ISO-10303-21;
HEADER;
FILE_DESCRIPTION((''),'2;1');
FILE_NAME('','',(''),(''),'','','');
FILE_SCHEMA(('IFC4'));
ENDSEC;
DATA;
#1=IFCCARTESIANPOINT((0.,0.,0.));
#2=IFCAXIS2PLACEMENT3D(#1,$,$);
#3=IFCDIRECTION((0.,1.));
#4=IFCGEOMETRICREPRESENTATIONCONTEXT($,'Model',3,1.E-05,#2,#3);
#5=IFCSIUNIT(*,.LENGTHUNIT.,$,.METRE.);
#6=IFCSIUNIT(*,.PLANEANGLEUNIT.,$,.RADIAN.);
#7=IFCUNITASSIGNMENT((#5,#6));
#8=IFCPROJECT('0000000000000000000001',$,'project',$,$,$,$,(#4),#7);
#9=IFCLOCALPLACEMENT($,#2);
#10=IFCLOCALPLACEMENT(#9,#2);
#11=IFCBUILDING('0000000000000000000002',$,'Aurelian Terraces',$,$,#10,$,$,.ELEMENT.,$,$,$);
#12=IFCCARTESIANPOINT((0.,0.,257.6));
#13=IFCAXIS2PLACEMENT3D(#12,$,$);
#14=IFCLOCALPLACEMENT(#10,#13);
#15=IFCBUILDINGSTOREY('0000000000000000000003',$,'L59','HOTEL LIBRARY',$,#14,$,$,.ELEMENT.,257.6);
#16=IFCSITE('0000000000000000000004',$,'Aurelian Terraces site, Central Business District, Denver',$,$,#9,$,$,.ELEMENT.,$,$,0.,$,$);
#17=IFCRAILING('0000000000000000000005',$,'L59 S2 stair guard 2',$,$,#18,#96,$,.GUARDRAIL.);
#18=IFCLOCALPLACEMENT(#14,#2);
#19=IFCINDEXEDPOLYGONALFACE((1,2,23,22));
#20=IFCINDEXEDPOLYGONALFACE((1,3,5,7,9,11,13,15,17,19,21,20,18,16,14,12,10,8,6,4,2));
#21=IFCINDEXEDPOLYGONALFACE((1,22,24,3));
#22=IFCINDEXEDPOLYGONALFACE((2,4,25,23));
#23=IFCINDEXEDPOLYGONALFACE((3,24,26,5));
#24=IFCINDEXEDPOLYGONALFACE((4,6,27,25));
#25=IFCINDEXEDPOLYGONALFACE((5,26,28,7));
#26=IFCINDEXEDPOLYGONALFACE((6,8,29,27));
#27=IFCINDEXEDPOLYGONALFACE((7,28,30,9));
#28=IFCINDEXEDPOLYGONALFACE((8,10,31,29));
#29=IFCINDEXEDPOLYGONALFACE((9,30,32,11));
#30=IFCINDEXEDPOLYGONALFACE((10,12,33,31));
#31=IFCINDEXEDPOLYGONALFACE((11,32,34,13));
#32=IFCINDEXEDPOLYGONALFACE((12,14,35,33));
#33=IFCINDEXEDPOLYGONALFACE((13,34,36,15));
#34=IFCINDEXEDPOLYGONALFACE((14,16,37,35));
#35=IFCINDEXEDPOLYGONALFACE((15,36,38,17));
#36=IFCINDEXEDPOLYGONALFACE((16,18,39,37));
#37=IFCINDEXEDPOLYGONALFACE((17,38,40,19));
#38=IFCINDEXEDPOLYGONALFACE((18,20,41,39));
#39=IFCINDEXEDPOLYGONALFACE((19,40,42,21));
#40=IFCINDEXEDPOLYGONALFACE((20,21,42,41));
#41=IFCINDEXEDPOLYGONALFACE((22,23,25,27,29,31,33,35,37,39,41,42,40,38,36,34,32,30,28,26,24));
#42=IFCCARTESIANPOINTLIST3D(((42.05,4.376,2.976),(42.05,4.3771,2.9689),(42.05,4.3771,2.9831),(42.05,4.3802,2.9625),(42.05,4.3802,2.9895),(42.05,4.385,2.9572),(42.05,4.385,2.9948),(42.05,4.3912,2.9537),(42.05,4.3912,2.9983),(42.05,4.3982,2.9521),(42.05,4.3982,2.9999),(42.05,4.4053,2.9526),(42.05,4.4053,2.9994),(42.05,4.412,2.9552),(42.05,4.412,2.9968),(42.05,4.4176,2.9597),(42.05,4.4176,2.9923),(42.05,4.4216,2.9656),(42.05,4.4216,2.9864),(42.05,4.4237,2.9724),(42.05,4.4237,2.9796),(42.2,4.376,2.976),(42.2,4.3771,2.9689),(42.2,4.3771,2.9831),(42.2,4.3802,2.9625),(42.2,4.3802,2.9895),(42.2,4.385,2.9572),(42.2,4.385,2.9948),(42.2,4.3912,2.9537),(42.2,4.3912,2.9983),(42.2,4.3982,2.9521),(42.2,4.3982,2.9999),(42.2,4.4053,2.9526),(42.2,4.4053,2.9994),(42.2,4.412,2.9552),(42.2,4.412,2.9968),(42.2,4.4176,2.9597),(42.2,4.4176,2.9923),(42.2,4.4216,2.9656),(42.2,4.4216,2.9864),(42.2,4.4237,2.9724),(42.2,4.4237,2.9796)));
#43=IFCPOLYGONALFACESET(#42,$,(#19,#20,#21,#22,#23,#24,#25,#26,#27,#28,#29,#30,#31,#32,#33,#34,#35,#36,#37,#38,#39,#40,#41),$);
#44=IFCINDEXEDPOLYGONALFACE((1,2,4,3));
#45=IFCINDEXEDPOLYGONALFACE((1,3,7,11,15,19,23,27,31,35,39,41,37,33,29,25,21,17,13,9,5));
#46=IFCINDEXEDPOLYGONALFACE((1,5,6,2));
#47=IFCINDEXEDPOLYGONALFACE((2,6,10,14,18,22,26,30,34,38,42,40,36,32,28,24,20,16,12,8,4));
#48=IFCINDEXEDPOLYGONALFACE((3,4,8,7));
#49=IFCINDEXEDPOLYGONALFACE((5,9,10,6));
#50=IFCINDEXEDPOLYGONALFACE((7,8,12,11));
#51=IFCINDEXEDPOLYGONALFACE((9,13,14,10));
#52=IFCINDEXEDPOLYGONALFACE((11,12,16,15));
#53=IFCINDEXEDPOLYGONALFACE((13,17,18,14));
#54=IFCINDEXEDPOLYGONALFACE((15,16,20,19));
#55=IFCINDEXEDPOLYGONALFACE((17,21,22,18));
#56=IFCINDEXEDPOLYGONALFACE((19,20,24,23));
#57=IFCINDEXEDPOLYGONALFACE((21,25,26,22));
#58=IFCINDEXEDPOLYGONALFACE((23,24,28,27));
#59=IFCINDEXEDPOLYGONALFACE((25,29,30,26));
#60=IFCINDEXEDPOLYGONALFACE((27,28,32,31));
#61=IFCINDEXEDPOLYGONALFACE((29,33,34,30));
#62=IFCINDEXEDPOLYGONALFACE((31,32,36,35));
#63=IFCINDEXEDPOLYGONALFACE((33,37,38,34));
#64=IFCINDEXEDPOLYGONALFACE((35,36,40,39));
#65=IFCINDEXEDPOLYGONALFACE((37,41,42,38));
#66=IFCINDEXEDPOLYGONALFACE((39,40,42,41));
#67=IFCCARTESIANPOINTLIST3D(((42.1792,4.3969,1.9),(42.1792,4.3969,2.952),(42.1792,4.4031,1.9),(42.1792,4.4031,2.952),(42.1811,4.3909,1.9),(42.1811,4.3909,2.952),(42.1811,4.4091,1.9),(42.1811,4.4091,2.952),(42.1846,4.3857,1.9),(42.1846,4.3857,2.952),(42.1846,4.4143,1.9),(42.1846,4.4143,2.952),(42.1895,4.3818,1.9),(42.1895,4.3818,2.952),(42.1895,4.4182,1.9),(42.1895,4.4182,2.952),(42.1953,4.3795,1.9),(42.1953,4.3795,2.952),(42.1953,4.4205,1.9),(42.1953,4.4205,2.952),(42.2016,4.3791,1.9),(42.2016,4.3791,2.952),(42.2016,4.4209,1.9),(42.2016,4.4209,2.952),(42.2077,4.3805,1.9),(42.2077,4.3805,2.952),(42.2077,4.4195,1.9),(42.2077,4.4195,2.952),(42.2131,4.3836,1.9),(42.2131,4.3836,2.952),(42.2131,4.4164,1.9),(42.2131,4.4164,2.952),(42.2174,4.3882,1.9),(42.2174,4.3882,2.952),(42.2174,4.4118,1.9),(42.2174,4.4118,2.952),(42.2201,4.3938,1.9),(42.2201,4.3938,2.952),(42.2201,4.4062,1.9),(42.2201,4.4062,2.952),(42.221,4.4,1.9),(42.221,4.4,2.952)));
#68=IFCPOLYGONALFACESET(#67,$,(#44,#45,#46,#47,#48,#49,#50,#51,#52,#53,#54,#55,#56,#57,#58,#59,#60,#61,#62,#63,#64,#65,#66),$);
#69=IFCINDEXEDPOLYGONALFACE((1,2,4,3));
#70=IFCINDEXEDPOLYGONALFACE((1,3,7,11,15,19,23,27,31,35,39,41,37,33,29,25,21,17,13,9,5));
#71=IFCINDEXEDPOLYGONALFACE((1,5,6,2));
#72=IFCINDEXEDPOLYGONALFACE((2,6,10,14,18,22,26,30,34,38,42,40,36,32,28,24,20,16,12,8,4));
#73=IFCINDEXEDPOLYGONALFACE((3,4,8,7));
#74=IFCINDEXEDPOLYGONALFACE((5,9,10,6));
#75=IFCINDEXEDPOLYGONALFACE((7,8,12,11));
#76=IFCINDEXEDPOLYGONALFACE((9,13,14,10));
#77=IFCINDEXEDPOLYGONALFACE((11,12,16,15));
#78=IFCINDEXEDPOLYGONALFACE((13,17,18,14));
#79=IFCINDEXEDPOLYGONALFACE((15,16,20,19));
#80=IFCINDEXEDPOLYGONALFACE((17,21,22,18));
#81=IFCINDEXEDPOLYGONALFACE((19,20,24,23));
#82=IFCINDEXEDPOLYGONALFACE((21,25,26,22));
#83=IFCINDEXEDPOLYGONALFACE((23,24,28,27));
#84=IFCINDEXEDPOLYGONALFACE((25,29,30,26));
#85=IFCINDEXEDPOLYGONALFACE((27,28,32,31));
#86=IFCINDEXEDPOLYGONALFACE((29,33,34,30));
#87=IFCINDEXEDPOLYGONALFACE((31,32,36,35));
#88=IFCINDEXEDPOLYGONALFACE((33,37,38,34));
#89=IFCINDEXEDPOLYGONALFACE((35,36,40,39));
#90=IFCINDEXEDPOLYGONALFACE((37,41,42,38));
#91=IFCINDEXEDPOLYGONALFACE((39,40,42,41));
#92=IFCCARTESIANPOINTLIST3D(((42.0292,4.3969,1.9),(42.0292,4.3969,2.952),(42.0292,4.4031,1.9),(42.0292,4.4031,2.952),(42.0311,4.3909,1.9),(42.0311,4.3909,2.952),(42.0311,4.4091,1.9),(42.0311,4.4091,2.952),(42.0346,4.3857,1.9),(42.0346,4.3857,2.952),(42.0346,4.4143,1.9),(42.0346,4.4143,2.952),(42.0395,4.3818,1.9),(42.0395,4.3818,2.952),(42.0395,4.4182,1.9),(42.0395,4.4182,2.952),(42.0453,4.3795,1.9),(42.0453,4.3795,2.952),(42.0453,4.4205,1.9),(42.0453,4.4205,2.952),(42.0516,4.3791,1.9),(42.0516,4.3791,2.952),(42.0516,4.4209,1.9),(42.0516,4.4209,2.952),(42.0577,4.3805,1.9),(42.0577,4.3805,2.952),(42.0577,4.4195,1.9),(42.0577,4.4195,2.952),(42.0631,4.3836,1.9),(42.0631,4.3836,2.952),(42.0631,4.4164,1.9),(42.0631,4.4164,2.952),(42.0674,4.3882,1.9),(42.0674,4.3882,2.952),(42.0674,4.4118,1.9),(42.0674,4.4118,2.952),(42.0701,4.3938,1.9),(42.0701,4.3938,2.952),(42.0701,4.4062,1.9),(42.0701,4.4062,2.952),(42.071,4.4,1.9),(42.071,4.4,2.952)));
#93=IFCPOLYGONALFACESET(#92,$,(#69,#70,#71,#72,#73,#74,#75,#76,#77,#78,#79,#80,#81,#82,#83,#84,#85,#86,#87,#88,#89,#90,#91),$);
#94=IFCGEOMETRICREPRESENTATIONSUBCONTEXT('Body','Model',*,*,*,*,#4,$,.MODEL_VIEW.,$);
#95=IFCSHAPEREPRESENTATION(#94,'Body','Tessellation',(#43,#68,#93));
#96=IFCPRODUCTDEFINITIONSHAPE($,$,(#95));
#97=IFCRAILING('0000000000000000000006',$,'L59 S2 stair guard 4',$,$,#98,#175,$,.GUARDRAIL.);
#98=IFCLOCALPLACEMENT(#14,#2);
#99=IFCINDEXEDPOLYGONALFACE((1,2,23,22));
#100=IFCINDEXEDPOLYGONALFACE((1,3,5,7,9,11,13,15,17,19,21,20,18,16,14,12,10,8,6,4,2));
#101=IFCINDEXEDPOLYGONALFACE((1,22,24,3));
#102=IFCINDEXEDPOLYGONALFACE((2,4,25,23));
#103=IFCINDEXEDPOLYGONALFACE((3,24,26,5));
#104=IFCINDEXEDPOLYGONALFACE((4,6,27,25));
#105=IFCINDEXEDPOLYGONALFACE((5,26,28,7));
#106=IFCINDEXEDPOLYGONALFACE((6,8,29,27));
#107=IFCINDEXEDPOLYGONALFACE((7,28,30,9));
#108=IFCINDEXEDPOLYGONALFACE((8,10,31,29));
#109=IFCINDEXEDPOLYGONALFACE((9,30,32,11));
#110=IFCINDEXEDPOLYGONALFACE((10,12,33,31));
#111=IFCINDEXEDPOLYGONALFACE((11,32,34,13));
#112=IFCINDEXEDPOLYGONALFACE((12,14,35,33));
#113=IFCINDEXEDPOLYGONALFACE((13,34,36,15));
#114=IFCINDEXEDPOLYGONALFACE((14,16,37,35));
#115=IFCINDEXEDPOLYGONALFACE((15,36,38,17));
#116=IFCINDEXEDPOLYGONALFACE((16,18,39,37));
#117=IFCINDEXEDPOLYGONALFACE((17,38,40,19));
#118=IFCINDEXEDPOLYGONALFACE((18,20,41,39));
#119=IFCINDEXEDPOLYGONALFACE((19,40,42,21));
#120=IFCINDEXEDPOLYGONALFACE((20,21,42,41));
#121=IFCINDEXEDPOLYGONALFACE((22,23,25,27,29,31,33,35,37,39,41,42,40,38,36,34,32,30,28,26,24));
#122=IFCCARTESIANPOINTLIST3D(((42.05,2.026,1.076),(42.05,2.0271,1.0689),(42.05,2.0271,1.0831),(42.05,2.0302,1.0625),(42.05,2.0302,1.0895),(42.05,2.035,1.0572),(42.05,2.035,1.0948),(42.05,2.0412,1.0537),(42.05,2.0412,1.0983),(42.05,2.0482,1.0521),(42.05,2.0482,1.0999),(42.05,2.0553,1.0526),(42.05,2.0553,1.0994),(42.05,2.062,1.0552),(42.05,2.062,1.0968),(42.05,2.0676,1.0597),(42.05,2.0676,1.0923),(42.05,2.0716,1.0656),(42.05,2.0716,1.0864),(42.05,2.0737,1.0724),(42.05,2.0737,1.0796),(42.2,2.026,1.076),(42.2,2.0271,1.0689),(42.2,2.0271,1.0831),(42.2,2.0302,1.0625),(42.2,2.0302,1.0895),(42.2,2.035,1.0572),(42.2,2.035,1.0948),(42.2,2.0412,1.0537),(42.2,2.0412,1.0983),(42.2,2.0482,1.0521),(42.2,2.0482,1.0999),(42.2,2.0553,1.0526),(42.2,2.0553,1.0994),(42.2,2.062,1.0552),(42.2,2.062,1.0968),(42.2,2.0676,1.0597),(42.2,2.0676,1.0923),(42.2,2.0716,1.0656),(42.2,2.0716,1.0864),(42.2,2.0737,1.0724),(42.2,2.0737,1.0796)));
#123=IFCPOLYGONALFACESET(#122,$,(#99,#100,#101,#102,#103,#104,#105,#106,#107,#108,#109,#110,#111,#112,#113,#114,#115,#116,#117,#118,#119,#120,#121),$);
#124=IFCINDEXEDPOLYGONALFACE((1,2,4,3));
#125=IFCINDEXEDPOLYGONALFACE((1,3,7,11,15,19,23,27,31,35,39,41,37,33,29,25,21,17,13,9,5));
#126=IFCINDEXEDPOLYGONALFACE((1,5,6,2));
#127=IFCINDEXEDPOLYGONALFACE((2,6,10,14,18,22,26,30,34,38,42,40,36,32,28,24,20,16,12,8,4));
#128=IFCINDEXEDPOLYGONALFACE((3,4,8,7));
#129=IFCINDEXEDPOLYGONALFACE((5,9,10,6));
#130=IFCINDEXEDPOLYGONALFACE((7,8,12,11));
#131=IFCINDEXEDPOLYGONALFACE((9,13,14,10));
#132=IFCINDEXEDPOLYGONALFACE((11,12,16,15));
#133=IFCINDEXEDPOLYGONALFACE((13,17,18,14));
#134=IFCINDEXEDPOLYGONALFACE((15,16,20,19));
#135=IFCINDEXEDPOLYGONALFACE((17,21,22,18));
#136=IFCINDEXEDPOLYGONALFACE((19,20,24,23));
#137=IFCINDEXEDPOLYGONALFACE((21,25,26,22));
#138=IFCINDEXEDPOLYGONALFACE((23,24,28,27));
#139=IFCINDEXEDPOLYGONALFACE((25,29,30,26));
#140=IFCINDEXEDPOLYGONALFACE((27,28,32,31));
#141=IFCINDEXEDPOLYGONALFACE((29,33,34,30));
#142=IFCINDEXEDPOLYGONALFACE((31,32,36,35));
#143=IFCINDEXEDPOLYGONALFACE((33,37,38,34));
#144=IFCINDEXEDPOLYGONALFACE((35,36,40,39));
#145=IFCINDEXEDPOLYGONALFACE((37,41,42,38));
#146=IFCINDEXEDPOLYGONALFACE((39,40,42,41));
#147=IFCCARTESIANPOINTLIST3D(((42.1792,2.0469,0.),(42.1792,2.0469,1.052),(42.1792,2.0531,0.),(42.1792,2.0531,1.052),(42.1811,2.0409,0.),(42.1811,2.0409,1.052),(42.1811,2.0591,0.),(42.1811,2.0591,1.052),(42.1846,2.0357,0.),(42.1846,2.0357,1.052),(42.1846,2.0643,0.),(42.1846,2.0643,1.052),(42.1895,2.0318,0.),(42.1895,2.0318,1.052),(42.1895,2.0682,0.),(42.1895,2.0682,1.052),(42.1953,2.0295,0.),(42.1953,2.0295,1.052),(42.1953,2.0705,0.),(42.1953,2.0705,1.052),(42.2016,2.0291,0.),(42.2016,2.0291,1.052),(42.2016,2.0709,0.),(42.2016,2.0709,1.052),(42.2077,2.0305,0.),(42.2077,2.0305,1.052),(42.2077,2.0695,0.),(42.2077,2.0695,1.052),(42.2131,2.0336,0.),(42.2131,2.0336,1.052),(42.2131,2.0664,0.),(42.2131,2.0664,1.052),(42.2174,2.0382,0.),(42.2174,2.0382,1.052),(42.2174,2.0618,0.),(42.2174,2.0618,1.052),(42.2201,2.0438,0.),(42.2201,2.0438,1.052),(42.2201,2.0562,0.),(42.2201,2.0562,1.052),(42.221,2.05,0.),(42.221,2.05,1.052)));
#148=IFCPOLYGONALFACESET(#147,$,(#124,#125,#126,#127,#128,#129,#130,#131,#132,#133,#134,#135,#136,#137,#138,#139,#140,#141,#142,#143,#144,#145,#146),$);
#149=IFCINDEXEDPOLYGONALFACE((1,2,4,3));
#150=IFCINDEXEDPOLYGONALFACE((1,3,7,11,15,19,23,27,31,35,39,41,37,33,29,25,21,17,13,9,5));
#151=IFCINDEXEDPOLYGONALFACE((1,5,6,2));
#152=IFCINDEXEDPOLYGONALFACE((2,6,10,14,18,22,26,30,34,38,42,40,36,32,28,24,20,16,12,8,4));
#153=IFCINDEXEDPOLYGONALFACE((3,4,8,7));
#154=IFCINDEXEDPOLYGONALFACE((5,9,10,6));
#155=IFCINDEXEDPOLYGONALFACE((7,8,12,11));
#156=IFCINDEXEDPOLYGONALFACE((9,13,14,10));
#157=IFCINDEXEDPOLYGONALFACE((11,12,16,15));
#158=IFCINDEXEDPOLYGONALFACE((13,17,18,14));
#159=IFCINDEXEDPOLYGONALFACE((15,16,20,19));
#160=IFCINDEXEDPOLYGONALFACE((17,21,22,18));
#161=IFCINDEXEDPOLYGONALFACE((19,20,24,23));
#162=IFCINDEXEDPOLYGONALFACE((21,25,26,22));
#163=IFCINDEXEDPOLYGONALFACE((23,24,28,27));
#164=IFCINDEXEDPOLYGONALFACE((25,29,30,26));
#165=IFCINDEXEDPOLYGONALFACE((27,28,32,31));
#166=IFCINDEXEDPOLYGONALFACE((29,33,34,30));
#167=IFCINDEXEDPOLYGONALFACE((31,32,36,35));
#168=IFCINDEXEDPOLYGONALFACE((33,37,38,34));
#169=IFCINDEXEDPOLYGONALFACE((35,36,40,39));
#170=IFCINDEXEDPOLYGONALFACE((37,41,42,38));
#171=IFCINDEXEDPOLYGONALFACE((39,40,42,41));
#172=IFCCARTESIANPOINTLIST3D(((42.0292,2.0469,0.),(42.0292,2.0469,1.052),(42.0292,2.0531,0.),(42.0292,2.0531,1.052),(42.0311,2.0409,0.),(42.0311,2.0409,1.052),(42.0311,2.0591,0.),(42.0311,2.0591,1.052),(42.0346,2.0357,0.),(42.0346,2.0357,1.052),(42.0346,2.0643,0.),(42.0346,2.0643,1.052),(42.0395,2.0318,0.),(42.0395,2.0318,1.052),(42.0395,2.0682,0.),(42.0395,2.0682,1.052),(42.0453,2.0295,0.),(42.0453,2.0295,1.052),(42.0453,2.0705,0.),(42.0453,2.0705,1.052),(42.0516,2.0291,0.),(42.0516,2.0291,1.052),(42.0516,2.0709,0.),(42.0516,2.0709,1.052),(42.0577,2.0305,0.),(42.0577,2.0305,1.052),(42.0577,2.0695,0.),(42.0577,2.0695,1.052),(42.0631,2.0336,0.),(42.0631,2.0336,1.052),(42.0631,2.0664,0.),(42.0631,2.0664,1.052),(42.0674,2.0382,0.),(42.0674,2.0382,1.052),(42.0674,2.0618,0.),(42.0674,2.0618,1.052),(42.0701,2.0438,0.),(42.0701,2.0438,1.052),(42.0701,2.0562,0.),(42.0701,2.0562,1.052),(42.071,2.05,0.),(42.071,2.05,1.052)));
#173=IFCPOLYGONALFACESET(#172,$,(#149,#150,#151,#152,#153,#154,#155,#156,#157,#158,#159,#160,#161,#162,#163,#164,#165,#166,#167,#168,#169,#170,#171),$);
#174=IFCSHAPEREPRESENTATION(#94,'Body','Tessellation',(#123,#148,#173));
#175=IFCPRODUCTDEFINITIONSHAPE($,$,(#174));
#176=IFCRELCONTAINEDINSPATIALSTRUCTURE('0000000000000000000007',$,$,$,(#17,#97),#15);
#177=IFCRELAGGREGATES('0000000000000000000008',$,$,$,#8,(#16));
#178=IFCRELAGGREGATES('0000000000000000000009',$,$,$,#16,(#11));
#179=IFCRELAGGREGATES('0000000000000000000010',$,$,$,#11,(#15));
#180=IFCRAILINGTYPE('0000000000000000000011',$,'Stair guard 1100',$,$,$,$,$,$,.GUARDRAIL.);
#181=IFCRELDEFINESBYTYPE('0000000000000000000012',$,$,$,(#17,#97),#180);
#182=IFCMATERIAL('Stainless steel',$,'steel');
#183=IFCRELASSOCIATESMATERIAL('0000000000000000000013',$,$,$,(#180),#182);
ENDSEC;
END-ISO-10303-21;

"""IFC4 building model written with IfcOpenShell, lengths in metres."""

from ifc_helpers import new_model, si_unit, direction, frame, origin, origin_2d, place, context, subcontext, project, spatial, circle, extrude, source, transform, mapped, material, type_object, element, save


model = new_model("IFC4")

# Units and contexts
model_context = context("Model", 3, precision=1e-05, world=origin(), true_north=direction((0.0, 1.0)))
body_context = subcontext(model_context, "Body", "Model", "MODEL_VIEW")
ifc_project = project(units=[si_unit("LENGTHUNIT", "METRE"), si_unit("PLANEANGLEUNIT", "RADIAN")], contexts=[model_context])

# Site, building, storey
site_placement = place(None, origin())
site = spatial("IfcSite", under=ifc_project, at=site_placement, Name="Aurelian Terraces site, Central Business District, Denver", CompositionType="ELEMENT", RefElevation=0.0)
building_placement = place(site_placement, origin())
building = spatial("IfcBuilding", under=site, at=building_placement, Name="Aurelian Terraces", CompositionType="ELEMENT")
storey_placement = place(building_placement, frame((0.0, 0.0, 257.6)))
storey = spatial("IfcBuildingStorey", under=building, at=storey_placement, Name="L59", Description="HOTEL LIBRARY", CompositionType="ELEMENT", Elevation=257.6)

# Railings
ifc_material_1 = material(Name="Stainless steel", Category="steel")
railing_type_1 = type_object("IfcRailingType", Name="Stair guard 1100", PredefinedType="GUARDRAIL", material=ifc_material_1)
shared_shape_1 = source(origin(), body_context, "Body", "SweptSolid", [
    extrude(circle(Radius=0.024, at=origin_2d()), frame((0.0, 0.0, 1.076), z_axis=(-1.0, 0.0, 0.0), x_axis=(0.0, -1.0, 0.0)), (0.0, 0.0, 1.0), 0.15),
    extrude(circle(Radius=0.021, at=origin_2d()), origin(), (0.0, 0.0, 1.0), 1.052),
    extrude(circle(Radius=0.021, at=origin_2d()), frame((-0.15, 0.0, 0.0)), (0.0, 0.0, 1.0), 1.052),
])
for number, where, name in (
    (1, (42.2, 4.4, 1.9), "L59 S2 stair guard 2"),
    (2, (42.2, 2.05, 0.0), "L59 S2 stair guard 4"),
):
    element("IfcRailing", number, at=place(storey_placement, frame(where)), inside=storey, type_object=railing_type_1, Name=name, PredefinedType="GUARDRAIL", context=body_context, shape_type="MappedRepresentation", body=[
        mapped(shared_shape_1, transform((0.0, 0.0, 0.0), scale=1.0)),
    ])

save(model, "model.ifc")
